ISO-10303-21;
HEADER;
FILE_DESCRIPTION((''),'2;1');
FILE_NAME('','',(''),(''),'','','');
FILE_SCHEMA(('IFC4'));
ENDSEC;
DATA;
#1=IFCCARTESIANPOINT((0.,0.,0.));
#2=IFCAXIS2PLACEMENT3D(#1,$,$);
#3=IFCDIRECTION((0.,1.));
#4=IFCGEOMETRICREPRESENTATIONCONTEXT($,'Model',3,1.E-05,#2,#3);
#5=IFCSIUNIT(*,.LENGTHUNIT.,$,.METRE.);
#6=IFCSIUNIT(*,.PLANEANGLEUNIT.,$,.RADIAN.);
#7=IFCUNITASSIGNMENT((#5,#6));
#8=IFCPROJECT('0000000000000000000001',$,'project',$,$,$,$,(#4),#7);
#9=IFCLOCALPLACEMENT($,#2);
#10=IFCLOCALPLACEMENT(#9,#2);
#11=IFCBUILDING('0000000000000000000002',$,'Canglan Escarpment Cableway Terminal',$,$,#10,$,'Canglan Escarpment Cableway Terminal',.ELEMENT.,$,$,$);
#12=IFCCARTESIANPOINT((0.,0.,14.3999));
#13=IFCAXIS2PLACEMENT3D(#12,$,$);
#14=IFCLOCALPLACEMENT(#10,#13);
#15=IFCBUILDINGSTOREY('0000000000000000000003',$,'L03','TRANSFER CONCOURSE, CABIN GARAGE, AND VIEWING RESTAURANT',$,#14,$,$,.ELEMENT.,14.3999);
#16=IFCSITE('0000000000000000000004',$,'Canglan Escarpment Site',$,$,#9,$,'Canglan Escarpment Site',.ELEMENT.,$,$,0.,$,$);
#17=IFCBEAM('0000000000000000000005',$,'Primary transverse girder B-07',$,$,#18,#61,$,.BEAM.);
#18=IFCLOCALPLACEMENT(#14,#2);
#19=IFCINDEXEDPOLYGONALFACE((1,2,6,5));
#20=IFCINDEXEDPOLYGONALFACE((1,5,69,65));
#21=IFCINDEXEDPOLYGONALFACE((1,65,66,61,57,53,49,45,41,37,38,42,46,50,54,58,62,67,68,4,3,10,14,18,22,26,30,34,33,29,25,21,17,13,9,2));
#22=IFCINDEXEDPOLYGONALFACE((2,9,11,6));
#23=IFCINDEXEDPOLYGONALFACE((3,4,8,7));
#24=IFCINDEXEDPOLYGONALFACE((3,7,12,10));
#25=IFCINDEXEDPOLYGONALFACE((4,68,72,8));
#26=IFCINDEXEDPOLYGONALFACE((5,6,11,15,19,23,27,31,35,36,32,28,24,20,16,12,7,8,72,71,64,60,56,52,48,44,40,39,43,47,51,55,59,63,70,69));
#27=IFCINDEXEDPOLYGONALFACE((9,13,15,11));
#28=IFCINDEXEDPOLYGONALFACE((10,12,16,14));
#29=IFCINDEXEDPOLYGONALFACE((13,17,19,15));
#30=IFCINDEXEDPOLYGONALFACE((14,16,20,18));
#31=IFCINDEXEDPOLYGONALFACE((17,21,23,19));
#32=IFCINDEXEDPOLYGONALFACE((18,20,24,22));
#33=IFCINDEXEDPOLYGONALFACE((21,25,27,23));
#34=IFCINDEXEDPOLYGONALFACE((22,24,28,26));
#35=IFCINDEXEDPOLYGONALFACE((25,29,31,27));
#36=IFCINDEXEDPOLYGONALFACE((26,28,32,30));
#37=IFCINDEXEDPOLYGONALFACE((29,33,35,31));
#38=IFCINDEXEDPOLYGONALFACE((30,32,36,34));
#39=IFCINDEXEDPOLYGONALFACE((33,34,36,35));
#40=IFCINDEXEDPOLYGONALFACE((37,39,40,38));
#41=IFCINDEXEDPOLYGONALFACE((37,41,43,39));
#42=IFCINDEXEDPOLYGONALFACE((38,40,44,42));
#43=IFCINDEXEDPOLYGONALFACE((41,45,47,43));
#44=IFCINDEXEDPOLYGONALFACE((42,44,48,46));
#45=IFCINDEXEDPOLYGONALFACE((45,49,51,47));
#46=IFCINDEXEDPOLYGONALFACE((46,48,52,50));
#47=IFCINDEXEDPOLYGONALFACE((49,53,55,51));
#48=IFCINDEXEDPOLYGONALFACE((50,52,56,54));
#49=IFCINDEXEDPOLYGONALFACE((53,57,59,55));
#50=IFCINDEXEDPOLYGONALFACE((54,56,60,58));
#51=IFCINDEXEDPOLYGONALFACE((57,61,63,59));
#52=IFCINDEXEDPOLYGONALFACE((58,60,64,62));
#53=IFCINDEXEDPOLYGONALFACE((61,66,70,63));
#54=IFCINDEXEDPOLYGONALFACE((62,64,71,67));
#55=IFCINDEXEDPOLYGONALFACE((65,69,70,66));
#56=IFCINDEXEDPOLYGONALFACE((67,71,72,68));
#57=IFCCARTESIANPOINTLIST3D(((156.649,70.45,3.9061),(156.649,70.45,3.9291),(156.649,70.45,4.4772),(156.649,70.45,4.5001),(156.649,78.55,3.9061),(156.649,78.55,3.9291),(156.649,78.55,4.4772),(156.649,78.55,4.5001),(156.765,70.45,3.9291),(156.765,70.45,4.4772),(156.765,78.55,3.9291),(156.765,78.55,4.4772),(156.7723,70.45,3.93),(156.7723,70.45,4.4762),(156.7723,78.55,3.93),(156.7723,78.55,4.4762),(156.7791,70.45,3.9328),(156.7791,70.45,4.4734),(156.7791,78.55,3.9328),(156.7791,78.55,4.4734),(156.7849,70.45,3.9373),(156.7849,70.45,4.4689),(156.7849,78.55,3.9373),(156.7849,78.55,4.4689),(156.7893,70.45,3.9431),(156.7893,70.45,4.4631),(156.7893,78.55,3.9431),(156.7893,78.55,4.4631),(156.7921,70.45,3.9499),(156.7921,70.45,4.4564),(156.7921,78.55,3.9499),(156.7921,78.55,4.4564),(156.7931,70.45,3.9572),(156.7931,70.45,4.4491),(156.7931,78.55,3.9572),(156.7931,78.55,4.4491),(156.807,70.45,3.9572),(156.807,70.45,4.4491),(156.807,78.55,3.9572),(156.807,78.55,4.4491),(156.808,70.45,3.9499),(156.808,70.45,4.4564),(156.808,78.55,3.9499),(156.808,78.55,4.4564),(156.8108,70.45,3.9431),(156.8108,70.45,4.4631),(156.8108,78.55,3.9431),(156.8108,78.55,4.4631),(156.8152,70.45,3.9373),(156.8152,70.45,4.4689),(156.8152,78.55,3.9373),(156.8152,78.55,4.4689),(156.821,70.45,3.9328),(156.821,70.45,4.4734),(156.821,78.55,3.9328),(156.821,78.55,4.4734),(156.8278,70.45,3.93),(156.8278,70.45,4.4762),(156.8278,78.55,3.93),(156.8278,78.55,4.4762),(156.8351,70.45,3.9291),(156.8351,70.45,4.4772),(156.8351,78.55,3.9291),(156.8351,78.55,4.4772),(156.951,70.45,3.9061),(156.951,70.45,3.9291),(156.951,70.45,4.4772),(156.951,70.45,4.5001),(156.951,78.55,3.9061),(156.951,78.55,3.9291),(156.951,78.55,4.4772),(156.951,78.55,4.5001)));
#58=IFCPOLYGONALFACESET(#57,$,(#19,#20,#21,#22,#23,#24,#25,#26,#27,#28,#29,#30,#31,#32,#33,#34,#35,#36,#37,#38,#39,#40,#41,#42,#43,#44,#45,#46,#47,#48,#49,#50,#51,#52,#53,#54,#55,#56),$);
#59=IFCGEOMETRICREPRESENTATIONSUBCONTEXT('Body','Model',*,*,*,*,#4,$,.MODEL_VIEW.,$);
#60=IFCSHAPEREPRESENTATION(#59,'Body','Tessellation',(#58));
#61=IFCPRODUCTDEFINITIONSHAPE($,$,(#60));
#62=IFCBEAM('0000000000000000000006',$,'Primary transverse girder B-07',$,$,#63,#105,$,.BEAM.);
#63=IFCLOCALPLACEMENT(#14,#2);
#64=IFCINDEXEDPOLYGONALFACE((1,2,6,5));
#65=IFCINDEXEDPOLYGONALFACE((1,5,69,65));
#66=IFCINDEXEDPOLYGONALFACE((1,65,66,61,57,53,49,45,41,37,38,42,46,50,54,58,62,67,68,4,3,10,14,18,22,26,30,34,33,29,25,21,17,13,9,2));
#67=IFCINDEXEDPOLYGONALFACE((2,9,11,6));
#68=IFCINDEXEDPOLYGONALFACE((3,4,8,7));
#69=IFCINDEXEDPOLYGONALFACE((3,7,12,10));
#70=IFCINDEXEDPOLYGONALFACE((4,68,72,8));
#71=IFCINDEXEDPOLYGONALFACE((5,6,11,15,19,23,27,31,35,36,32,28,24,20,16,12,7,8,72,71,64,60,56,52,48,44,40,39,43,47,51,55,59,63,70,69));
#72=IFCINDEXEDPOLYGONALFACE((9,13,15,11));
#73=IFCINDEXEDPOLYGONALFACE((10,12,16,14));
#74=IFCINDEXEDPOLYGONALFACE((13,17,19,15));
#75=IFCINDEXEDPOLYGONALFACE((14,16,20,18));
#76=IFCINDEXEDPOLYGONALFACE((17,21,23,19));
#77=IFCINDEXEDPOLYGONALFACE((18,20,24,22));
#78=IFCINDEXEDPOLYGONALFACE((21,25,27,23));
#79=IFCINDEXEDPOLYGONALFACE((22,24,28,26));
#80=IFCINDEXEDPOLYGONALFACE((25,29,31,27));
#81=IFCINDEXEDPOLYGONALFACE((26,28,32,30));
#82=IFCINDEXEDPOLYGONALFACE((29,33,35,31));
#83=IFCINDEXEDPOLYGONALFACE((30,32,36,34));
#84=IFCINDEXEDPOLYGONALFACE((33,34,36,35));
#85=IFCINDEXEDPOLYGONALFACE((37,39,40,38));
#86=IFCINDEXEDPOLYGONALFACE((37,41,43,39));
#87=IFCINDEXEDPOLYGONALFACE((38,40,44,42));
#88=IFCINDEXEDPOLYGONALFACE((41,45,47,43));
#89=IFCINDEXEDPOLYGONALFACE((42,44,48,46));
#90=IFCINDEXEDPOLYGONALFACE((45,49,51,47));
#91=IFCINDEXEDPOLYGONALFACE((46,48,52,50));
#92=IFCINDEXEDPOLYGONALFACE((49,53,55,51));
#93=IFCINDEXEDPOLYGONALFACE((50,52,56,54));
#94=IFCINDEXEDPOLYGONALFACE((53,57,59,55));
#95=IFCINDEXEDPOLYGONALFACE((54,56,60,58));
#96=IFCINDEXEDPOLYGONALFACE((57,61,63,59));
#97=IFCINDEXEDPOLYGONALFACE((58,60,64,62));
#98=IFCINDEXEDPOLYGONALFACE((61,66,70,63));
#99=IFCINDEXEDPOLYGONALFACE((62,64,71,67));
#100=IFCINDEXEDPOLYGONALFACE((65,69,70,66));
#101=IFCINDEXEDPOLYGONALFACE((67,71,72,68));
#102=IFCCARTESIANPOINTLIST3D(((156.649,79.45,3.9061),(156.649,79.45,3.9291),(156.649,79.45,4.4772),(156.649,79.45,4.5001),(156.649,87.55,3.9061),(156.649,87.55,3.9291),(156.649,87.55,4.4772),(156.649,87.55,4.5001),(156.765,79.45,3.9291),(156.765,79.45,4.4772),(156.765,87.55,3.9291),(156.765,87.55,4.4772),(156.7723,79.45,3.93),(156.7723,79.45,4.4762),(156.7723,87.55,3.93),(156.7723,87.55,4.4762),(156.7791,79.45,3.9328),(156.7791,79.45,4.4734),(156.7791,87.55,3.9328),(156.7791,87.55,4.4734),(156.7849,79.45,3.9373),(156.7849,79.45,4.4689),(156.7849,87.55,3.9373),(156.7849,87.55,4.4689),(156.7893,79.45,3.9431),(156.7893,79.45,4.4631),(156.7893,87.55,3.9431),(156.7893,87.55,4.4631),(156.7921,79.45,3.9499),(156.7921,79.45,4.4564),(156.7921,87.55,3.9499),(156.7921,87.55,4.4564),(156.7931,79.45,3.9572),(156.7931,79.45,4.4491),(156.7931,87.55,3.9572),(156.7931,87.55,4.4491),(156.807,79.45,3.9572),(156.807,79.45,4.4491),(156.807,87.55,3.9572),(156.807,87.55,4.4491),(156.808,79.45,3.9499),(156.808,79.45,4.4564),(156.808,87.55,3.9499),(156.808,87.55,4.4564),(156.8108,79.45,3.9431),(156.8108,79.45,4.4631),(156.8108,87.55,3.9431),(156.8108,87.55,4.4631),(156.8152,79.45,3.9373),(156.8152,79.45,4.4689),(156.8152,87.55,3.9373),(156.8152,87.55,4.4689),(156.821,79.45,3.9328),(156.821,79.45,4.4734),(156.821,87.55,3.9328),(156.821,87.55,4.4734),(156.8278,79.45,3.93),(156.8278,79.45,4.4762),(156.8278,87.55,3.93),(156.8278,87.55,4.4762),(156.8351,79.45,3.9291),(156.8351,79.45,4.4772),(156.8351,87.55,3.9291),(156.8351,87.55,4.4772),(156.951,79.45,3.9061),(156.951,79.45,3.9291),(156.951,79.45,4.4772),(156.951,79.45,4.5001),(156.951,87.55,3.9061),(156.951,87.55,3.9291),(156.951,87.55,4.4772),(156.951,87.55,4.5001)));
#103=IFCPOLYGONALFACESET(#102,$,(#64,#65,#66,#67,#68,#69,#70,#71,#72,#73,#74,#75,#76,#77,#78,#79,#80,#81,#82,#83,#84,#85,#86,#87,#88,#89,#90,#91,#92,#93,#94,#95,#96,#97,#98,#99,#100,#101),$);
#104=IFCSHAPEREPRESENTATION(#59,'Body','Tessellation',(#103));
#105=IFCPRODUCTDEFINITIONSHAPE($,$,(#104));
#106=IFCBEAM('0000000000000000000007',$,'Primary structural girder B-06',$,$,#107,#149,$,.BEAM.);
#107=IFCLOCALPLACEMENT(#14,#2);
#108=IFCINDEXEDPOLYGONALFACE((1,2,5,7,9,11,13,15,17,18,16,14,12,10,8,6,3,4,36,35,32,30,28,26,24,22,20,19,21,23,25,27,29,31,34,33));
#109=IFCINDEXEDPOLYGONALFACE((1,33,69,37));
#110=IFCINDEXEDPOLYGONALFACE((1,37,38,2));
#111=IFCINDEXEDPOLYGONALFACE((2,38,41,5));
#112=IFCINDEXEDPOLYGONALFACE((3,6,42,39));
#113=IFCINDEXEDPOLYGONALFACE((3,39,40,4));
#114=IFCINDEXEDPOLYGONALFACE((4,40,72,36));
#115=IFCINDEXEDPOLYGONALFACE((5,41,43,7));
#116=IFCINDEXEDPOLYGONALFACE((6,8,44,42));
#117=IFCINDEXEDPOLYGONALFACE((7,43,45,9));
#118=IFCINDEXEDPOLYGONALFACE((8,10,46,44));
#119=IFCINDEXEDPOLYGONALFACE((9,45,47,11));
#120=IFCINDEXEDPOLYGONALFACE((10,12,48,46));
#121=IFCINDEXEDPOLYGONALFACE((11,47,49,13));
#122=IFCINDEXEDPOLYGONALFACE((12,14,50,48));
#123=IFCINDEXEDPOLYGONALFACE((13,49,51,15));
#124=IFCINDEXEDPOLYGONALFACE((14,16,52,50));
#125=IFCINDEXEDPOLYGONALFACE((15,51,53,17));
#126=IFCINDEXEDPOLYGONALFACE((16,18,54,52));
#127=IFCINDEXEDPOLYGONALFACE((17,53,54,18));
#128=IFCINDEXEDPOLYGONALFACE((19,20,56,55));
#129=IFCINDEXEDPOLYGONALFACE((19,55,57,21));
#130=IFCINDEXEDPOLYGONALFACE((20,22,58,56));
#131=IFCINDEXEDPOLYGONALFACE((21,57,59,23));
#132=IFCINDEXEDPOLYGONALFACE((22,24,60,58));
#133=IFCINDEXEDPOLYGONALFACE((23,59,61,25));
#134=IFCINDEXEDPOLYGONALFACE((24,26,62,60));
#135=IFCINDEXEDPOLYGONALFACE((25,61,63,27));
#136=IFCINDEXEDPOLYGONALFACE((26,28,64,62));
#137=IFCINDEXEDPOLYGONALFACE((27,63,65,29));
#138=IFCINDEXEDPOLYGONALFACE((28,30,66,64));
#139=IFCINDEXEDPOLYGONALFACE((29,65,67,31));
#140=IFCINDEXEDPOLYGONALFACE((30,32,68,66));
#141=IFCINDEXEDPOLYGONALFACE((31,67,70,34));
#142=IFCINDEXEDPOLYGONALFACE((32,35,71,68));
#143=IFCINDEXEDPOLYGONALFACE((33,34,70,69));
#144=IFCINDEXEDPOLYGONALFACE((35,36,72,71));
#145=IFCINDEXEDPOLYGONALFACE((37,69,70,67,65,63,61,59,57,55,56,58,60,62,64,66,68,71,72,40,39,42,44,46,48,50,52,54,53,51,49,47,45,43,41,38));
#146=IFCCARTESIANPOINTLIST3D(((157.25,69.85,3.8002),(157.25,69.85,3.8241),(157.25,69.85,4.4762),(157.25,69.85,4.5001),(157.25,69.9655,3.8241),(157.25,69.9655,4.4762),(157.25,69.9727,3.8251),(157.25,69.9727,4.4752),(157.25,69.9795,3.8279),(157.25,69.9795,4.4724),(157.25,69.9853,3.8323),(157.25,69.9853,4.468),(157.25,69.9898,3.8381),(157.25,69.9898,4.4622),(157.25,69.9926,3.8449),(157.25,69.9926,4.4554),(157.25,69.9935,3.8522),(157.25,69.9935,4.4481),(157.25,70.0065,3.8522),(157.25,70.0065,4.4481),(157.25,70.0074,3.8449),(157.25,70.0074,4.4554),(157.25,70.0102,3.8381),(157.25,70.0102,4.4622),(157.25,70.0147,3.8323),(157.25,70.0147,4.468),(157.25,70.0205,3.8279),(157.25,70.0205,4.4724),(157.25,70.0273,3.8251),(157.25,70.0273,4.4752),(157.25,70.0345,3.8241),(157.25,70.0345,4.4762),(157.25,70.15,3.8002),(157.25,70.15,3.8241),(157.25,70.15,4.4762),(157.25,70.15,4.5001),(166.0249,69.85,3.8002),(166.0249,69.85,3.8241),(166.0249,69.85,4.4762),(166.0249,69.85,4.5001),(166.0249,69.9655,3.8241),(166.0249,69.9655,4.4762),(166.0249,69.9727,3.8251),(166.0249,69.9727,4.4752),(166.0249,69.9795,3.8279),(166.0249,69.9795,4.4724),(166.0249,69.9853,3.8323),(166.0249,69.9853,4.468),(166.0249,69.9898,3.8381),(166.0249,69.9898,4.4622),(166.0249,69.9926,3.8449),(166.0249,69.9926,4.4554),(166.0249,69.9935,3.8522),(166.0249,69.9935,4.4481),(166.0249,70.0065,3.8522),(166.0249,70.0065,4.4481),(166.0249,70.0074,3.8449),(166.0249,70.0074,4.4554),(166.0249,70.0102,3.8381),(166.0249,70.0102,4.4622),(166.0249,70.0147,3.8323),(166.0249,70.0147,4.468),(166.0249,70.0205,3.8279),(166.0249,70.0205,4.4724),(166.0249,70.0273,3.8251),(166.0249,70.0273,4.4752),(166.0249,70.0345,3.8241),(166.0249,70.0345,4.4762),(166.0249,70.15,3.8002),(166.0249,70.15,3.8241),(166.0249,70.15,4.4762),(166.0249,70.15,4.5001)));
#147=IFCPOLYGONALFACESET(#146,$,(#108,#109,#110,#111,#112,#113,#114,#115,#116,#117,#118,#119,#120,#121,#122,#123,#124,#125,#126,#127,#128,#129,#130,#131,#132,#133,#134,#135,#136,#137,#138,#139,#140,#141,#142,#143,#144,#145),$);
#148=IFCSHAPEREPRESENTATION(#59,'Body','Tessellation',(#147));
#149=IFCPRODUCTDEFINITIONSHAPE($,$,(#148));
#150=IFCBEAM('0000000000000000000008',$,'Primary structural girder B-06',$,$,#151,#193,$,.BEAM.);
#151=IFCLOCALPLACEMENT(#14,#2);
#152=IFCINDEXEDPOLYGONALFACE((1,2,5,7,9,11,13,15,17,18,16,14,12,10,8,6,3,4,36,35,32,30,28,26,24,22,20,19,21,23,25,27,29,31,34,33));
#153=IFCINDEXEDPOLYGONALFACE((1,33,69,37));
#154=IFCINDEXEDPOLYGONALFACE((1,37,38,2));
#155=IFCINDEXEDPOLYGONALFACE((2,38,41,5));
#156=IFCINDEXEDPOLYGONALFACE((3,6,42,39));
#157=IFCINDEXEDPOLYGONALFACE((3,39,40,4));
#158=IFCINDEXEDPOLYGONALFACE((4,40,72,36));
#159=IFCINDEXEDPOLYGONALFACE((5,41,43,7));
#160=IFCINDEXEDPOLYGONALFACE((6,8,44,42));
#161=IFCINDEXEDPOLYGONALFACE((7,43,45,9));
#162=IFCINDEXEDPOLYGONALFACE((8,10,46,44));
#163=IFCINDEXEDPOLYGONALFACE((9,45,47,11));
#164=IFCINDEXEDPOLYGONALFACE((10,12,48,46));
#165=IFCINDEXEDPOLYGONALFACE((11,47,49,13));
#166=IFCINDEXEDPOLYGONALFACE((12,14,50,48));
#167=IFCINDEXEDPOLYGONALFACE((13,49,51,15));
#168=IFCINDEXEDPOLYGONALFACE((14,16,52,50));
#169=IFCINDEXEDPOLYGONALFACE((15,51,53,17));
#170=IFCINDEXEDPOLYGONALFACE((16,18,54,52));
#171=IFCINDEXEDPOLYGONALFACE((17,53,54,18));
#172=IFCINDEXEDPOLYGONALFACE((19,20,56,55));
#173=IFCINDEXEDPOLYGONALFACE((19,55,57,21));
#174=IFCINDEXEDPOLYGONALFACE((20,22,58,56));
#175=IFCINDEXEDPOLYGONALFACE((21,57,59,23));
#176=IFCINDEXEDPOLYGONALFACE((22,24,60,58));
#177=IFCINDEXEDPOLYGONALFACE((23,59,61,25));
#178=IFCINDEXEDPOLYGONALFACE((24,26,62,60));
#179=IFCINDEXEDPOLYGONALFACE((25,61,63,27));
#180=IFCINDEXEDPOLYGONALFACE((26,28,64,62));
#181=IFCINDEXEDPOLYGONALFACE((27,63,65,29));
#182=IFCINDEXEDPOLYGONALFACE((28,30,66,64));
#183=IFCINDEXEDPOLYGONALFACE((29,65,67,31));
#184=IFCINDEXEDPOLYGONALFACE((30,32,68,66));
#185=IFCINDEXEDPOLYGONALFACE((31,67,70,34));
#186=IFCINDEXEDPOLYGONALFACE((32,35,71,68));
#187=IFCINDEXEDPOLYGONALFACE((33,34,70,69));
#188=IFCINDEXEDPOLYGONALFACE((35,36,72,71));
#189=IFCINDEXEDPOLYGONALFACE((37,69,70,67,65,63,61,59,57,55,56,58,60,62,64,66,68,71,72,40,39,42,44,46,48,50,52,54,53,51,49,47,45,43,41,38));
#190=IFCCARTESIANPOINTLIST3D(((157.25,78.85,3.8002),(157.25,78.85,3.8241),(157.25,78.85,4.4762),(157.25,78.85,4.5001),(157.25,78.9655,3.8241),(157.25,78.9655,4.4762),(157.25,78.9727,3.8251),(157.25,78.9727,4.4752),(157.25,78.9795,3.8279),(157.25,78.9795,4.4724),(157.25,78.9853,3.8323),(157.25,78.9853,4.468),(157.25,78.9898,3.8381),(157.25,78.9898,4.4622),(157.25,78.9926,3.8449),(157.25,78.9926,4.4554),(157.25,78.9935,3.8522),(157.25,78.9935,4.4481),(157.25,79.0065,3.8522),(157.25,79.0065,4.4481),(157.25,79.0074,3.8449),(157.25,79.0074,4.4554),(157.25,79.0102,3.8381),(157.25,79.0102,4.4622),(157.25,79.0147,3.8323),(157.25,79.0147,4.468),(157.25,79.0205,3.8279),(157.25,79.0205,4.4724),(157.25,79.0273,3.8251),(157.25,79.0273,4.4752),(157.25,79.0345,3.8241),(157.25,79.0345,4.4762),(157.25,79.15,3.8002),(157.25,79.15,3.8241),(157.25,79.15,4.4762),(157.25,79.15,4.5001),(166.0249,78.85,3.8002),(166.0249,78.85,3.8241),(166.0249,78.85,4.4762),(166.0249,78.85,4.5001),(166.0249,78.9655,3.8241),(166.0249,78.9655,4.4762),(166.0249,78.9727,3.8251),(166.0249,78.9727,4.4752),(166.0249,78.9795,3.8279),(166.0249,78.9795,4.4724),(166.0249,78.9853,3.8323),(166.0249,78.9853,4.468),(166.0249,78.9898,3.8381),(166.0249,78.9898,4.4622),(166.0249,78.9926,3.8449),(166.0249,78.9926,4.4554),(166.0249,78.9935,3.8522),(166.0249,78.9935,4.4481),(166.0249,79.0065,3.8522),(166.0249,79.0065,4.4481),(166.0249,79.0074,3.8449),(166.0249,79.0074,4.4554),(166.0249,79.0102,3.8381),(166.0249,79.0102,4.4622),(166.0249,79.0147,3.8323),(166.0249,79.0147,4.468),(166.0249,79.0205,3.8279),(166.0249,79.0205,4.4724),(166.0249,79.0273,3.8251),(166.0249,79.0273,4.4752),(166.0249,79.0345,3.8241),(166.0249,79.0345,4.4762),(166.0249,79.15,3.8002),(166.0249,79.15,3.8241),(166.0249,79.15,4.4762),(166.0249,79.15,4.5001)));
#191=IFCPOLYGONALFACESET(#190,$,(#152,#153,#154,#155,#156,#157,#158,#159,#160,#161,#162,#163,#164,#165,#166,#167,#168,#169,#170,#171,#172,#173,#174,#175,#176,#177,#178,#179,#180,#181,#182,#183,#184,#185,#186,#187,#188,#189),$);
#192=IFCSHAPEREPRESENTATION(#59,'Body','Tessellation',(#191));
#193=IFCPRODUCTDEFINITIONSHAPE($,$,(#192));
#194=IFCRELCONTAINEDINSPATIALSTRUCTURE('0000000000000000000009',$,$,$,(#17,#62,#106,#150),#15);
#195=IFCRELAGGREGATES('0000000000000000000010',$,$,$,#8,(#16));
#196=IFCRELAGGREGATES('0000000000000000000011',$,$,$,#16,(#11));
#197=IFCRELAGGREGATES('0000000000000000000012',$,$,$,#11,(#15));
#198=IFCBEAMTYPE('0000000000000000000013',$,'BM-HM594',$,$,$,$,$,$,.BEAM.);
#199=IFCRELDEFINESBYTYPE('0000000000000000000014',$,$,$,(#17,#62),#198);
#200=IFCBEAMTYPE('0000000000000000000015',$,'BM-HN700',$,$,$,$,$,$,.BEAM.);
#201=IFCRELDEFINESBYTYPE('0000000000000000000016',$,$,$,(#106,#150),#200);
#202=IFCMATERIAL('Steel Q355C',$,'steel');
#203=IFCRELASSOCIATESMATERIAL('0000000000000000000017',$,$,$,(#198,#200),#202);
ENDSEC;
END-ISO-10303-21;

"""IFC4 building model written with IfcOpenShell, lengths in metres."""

from ifc_helpers import new_model, si_unit, direction, frame, origin, origin_2d, place, context, subcontext, project, spatial, i_section, extrude, material, material_profile, profile_set, type_object, element, save


model = new_model("IFC4")

# Units and contexts
model_context = context("Model", 3, precision=1e-05, world=origin(), true_north=direction((0.0, 1.0)))
body_context = subcontext(model_context, "Body", "Model", "MODEL_VIEW")
ifc_project = project(units=[si_unit("LENGTHUNIT", "METRE"), si_unit("PLANEANGLEUNIT", "RADIAN")], contexts=[model_context])

# Site, building, storey
site_placement = place(None, origin())
site = spatial("IfcSite", under=ifc_project, at=site_placement, Name="Canglan Escarpment Site", LongName="Canglan Escarpment Site", CompositionType="ELEMENT", RefElevation=0.0)
building_placement = place(site_placement, origin())
building = spatial("IfcBuilding", under=site, at=building_placement, Name="Canglan Escarpment Cableway Terminal", LongName="Canglan Escarpment Cableway Terminal", CompositionType="ELEMENT")
storey_placement = place(building_placement, frame((0.0, 0.0, 14.3999)))
storey = spatial("IfcBuildingStorey", under=building, at=storey_placement, Name="L03", Description="TRANSFER CONCOURSE, CABIN GARAGE, AND VIEWING RESTAURANT", CompositionType="ELEMENT", Elevation=14.3999)

# Beams
ifc_material_1 = material(Name="Steel Q355C", Category="steel")
ifc_material_profile_1 = material_profile(ifc_material_1, i_section(OverallWidth=0.302, OverallDepth=0.594, WebThickness=0.0139, FlangeThickness=0.0229, FilletRadius=0.0281, at=origin_2d()), Name="HM 594x302x14x23")
ifc_profile_set_1 = profile_set([ifc_material_profile_1], Name="Steel Q355C")
beam_type_1 = type_object("IfcBeamType", Name="BM-HM594", PredefinedType="BEAM", material=ifc_profile_set_1)
for number, where, z_axis, x_axis, name in (
    (1, (156.8, 70.45, 4.2031), (0.0, 1.0, 0.0), (-1.0, 0.0, 0.0), "Primary transverse girder B-07"),
    (2, (156.8, 79.45, 4.2031), (0.0, 1.0, 0.0), (-1.0, 0.0, 0.0), "Primary transverse girder B-07"),
):
    element("IfcBeam", number, at=place(storey_placement, frame(where, z_axis=z_axis, x_axis=x_axis)), inside=storey, type_object=beam_type_1, Name=name, PredefinedType="BEAM", context=body_context, shape_type="SweptSolid", body=[
        extrude(i_section(OverallWidth=0.302, OverallDepth=0.594, WebThickness=0.0139, FlangeThickness=0.0229, FilletRadius=0.0281, at=origin_2d()), origin(), (0.0, 0.0, 1.0), 8.1001),
    ])
ifc_material_profile_2 = material_profile(ifc_material_1, i_section(OverallWidth=0.3, OverallDepth=0.7, WebThickness=0.0129, FlangeThickness=0.0239, FilletRadius=0.0281, at=origin_2d()), Name="HN 700x300x13x24")
ifc_profile_set_2 = profile_set([ifc_material_profile_2], Name="Steel Q355C")
beam_type_2 = type_object("IfcBeamType", Name="BM-HN700", PredefinedType="BEAM", material=ifc_profile_set_2)
for number, where, z_axis, x_axis, name in (
    (3, (157.25, 70.0, 4.1501), (1.0, 0.0, 0.0), (0.0, 1.0, 0.0), "Primary structural girder B-06"),
    (4, (157.25, 79.0, 4.1501), (1.0, 0.0, 0.0), (0.0, 1.0, 0.0), "Primary structural girder B-06"),
):
    element("IfcBeam", number, at=place(storey_placement, frame(where, z_axis=z_axis, x_axis=x_axis)), inside=storey, type_object=beam_type_2, Name=name, PredefinedType="BEAM", context=body_context, shape_type="SweptSolid", body=[
        extrude(i_section(OverallWidth=0.3, OverallDepth=0.7, WebThickness=0.0129, FlangeThickness=0.0239, FilletRadius=0.0281, at=origin_2d()), origin(), (0.0, 0.0, 1.0), 8.7749),
    ])

save(model, "model.ifc")
